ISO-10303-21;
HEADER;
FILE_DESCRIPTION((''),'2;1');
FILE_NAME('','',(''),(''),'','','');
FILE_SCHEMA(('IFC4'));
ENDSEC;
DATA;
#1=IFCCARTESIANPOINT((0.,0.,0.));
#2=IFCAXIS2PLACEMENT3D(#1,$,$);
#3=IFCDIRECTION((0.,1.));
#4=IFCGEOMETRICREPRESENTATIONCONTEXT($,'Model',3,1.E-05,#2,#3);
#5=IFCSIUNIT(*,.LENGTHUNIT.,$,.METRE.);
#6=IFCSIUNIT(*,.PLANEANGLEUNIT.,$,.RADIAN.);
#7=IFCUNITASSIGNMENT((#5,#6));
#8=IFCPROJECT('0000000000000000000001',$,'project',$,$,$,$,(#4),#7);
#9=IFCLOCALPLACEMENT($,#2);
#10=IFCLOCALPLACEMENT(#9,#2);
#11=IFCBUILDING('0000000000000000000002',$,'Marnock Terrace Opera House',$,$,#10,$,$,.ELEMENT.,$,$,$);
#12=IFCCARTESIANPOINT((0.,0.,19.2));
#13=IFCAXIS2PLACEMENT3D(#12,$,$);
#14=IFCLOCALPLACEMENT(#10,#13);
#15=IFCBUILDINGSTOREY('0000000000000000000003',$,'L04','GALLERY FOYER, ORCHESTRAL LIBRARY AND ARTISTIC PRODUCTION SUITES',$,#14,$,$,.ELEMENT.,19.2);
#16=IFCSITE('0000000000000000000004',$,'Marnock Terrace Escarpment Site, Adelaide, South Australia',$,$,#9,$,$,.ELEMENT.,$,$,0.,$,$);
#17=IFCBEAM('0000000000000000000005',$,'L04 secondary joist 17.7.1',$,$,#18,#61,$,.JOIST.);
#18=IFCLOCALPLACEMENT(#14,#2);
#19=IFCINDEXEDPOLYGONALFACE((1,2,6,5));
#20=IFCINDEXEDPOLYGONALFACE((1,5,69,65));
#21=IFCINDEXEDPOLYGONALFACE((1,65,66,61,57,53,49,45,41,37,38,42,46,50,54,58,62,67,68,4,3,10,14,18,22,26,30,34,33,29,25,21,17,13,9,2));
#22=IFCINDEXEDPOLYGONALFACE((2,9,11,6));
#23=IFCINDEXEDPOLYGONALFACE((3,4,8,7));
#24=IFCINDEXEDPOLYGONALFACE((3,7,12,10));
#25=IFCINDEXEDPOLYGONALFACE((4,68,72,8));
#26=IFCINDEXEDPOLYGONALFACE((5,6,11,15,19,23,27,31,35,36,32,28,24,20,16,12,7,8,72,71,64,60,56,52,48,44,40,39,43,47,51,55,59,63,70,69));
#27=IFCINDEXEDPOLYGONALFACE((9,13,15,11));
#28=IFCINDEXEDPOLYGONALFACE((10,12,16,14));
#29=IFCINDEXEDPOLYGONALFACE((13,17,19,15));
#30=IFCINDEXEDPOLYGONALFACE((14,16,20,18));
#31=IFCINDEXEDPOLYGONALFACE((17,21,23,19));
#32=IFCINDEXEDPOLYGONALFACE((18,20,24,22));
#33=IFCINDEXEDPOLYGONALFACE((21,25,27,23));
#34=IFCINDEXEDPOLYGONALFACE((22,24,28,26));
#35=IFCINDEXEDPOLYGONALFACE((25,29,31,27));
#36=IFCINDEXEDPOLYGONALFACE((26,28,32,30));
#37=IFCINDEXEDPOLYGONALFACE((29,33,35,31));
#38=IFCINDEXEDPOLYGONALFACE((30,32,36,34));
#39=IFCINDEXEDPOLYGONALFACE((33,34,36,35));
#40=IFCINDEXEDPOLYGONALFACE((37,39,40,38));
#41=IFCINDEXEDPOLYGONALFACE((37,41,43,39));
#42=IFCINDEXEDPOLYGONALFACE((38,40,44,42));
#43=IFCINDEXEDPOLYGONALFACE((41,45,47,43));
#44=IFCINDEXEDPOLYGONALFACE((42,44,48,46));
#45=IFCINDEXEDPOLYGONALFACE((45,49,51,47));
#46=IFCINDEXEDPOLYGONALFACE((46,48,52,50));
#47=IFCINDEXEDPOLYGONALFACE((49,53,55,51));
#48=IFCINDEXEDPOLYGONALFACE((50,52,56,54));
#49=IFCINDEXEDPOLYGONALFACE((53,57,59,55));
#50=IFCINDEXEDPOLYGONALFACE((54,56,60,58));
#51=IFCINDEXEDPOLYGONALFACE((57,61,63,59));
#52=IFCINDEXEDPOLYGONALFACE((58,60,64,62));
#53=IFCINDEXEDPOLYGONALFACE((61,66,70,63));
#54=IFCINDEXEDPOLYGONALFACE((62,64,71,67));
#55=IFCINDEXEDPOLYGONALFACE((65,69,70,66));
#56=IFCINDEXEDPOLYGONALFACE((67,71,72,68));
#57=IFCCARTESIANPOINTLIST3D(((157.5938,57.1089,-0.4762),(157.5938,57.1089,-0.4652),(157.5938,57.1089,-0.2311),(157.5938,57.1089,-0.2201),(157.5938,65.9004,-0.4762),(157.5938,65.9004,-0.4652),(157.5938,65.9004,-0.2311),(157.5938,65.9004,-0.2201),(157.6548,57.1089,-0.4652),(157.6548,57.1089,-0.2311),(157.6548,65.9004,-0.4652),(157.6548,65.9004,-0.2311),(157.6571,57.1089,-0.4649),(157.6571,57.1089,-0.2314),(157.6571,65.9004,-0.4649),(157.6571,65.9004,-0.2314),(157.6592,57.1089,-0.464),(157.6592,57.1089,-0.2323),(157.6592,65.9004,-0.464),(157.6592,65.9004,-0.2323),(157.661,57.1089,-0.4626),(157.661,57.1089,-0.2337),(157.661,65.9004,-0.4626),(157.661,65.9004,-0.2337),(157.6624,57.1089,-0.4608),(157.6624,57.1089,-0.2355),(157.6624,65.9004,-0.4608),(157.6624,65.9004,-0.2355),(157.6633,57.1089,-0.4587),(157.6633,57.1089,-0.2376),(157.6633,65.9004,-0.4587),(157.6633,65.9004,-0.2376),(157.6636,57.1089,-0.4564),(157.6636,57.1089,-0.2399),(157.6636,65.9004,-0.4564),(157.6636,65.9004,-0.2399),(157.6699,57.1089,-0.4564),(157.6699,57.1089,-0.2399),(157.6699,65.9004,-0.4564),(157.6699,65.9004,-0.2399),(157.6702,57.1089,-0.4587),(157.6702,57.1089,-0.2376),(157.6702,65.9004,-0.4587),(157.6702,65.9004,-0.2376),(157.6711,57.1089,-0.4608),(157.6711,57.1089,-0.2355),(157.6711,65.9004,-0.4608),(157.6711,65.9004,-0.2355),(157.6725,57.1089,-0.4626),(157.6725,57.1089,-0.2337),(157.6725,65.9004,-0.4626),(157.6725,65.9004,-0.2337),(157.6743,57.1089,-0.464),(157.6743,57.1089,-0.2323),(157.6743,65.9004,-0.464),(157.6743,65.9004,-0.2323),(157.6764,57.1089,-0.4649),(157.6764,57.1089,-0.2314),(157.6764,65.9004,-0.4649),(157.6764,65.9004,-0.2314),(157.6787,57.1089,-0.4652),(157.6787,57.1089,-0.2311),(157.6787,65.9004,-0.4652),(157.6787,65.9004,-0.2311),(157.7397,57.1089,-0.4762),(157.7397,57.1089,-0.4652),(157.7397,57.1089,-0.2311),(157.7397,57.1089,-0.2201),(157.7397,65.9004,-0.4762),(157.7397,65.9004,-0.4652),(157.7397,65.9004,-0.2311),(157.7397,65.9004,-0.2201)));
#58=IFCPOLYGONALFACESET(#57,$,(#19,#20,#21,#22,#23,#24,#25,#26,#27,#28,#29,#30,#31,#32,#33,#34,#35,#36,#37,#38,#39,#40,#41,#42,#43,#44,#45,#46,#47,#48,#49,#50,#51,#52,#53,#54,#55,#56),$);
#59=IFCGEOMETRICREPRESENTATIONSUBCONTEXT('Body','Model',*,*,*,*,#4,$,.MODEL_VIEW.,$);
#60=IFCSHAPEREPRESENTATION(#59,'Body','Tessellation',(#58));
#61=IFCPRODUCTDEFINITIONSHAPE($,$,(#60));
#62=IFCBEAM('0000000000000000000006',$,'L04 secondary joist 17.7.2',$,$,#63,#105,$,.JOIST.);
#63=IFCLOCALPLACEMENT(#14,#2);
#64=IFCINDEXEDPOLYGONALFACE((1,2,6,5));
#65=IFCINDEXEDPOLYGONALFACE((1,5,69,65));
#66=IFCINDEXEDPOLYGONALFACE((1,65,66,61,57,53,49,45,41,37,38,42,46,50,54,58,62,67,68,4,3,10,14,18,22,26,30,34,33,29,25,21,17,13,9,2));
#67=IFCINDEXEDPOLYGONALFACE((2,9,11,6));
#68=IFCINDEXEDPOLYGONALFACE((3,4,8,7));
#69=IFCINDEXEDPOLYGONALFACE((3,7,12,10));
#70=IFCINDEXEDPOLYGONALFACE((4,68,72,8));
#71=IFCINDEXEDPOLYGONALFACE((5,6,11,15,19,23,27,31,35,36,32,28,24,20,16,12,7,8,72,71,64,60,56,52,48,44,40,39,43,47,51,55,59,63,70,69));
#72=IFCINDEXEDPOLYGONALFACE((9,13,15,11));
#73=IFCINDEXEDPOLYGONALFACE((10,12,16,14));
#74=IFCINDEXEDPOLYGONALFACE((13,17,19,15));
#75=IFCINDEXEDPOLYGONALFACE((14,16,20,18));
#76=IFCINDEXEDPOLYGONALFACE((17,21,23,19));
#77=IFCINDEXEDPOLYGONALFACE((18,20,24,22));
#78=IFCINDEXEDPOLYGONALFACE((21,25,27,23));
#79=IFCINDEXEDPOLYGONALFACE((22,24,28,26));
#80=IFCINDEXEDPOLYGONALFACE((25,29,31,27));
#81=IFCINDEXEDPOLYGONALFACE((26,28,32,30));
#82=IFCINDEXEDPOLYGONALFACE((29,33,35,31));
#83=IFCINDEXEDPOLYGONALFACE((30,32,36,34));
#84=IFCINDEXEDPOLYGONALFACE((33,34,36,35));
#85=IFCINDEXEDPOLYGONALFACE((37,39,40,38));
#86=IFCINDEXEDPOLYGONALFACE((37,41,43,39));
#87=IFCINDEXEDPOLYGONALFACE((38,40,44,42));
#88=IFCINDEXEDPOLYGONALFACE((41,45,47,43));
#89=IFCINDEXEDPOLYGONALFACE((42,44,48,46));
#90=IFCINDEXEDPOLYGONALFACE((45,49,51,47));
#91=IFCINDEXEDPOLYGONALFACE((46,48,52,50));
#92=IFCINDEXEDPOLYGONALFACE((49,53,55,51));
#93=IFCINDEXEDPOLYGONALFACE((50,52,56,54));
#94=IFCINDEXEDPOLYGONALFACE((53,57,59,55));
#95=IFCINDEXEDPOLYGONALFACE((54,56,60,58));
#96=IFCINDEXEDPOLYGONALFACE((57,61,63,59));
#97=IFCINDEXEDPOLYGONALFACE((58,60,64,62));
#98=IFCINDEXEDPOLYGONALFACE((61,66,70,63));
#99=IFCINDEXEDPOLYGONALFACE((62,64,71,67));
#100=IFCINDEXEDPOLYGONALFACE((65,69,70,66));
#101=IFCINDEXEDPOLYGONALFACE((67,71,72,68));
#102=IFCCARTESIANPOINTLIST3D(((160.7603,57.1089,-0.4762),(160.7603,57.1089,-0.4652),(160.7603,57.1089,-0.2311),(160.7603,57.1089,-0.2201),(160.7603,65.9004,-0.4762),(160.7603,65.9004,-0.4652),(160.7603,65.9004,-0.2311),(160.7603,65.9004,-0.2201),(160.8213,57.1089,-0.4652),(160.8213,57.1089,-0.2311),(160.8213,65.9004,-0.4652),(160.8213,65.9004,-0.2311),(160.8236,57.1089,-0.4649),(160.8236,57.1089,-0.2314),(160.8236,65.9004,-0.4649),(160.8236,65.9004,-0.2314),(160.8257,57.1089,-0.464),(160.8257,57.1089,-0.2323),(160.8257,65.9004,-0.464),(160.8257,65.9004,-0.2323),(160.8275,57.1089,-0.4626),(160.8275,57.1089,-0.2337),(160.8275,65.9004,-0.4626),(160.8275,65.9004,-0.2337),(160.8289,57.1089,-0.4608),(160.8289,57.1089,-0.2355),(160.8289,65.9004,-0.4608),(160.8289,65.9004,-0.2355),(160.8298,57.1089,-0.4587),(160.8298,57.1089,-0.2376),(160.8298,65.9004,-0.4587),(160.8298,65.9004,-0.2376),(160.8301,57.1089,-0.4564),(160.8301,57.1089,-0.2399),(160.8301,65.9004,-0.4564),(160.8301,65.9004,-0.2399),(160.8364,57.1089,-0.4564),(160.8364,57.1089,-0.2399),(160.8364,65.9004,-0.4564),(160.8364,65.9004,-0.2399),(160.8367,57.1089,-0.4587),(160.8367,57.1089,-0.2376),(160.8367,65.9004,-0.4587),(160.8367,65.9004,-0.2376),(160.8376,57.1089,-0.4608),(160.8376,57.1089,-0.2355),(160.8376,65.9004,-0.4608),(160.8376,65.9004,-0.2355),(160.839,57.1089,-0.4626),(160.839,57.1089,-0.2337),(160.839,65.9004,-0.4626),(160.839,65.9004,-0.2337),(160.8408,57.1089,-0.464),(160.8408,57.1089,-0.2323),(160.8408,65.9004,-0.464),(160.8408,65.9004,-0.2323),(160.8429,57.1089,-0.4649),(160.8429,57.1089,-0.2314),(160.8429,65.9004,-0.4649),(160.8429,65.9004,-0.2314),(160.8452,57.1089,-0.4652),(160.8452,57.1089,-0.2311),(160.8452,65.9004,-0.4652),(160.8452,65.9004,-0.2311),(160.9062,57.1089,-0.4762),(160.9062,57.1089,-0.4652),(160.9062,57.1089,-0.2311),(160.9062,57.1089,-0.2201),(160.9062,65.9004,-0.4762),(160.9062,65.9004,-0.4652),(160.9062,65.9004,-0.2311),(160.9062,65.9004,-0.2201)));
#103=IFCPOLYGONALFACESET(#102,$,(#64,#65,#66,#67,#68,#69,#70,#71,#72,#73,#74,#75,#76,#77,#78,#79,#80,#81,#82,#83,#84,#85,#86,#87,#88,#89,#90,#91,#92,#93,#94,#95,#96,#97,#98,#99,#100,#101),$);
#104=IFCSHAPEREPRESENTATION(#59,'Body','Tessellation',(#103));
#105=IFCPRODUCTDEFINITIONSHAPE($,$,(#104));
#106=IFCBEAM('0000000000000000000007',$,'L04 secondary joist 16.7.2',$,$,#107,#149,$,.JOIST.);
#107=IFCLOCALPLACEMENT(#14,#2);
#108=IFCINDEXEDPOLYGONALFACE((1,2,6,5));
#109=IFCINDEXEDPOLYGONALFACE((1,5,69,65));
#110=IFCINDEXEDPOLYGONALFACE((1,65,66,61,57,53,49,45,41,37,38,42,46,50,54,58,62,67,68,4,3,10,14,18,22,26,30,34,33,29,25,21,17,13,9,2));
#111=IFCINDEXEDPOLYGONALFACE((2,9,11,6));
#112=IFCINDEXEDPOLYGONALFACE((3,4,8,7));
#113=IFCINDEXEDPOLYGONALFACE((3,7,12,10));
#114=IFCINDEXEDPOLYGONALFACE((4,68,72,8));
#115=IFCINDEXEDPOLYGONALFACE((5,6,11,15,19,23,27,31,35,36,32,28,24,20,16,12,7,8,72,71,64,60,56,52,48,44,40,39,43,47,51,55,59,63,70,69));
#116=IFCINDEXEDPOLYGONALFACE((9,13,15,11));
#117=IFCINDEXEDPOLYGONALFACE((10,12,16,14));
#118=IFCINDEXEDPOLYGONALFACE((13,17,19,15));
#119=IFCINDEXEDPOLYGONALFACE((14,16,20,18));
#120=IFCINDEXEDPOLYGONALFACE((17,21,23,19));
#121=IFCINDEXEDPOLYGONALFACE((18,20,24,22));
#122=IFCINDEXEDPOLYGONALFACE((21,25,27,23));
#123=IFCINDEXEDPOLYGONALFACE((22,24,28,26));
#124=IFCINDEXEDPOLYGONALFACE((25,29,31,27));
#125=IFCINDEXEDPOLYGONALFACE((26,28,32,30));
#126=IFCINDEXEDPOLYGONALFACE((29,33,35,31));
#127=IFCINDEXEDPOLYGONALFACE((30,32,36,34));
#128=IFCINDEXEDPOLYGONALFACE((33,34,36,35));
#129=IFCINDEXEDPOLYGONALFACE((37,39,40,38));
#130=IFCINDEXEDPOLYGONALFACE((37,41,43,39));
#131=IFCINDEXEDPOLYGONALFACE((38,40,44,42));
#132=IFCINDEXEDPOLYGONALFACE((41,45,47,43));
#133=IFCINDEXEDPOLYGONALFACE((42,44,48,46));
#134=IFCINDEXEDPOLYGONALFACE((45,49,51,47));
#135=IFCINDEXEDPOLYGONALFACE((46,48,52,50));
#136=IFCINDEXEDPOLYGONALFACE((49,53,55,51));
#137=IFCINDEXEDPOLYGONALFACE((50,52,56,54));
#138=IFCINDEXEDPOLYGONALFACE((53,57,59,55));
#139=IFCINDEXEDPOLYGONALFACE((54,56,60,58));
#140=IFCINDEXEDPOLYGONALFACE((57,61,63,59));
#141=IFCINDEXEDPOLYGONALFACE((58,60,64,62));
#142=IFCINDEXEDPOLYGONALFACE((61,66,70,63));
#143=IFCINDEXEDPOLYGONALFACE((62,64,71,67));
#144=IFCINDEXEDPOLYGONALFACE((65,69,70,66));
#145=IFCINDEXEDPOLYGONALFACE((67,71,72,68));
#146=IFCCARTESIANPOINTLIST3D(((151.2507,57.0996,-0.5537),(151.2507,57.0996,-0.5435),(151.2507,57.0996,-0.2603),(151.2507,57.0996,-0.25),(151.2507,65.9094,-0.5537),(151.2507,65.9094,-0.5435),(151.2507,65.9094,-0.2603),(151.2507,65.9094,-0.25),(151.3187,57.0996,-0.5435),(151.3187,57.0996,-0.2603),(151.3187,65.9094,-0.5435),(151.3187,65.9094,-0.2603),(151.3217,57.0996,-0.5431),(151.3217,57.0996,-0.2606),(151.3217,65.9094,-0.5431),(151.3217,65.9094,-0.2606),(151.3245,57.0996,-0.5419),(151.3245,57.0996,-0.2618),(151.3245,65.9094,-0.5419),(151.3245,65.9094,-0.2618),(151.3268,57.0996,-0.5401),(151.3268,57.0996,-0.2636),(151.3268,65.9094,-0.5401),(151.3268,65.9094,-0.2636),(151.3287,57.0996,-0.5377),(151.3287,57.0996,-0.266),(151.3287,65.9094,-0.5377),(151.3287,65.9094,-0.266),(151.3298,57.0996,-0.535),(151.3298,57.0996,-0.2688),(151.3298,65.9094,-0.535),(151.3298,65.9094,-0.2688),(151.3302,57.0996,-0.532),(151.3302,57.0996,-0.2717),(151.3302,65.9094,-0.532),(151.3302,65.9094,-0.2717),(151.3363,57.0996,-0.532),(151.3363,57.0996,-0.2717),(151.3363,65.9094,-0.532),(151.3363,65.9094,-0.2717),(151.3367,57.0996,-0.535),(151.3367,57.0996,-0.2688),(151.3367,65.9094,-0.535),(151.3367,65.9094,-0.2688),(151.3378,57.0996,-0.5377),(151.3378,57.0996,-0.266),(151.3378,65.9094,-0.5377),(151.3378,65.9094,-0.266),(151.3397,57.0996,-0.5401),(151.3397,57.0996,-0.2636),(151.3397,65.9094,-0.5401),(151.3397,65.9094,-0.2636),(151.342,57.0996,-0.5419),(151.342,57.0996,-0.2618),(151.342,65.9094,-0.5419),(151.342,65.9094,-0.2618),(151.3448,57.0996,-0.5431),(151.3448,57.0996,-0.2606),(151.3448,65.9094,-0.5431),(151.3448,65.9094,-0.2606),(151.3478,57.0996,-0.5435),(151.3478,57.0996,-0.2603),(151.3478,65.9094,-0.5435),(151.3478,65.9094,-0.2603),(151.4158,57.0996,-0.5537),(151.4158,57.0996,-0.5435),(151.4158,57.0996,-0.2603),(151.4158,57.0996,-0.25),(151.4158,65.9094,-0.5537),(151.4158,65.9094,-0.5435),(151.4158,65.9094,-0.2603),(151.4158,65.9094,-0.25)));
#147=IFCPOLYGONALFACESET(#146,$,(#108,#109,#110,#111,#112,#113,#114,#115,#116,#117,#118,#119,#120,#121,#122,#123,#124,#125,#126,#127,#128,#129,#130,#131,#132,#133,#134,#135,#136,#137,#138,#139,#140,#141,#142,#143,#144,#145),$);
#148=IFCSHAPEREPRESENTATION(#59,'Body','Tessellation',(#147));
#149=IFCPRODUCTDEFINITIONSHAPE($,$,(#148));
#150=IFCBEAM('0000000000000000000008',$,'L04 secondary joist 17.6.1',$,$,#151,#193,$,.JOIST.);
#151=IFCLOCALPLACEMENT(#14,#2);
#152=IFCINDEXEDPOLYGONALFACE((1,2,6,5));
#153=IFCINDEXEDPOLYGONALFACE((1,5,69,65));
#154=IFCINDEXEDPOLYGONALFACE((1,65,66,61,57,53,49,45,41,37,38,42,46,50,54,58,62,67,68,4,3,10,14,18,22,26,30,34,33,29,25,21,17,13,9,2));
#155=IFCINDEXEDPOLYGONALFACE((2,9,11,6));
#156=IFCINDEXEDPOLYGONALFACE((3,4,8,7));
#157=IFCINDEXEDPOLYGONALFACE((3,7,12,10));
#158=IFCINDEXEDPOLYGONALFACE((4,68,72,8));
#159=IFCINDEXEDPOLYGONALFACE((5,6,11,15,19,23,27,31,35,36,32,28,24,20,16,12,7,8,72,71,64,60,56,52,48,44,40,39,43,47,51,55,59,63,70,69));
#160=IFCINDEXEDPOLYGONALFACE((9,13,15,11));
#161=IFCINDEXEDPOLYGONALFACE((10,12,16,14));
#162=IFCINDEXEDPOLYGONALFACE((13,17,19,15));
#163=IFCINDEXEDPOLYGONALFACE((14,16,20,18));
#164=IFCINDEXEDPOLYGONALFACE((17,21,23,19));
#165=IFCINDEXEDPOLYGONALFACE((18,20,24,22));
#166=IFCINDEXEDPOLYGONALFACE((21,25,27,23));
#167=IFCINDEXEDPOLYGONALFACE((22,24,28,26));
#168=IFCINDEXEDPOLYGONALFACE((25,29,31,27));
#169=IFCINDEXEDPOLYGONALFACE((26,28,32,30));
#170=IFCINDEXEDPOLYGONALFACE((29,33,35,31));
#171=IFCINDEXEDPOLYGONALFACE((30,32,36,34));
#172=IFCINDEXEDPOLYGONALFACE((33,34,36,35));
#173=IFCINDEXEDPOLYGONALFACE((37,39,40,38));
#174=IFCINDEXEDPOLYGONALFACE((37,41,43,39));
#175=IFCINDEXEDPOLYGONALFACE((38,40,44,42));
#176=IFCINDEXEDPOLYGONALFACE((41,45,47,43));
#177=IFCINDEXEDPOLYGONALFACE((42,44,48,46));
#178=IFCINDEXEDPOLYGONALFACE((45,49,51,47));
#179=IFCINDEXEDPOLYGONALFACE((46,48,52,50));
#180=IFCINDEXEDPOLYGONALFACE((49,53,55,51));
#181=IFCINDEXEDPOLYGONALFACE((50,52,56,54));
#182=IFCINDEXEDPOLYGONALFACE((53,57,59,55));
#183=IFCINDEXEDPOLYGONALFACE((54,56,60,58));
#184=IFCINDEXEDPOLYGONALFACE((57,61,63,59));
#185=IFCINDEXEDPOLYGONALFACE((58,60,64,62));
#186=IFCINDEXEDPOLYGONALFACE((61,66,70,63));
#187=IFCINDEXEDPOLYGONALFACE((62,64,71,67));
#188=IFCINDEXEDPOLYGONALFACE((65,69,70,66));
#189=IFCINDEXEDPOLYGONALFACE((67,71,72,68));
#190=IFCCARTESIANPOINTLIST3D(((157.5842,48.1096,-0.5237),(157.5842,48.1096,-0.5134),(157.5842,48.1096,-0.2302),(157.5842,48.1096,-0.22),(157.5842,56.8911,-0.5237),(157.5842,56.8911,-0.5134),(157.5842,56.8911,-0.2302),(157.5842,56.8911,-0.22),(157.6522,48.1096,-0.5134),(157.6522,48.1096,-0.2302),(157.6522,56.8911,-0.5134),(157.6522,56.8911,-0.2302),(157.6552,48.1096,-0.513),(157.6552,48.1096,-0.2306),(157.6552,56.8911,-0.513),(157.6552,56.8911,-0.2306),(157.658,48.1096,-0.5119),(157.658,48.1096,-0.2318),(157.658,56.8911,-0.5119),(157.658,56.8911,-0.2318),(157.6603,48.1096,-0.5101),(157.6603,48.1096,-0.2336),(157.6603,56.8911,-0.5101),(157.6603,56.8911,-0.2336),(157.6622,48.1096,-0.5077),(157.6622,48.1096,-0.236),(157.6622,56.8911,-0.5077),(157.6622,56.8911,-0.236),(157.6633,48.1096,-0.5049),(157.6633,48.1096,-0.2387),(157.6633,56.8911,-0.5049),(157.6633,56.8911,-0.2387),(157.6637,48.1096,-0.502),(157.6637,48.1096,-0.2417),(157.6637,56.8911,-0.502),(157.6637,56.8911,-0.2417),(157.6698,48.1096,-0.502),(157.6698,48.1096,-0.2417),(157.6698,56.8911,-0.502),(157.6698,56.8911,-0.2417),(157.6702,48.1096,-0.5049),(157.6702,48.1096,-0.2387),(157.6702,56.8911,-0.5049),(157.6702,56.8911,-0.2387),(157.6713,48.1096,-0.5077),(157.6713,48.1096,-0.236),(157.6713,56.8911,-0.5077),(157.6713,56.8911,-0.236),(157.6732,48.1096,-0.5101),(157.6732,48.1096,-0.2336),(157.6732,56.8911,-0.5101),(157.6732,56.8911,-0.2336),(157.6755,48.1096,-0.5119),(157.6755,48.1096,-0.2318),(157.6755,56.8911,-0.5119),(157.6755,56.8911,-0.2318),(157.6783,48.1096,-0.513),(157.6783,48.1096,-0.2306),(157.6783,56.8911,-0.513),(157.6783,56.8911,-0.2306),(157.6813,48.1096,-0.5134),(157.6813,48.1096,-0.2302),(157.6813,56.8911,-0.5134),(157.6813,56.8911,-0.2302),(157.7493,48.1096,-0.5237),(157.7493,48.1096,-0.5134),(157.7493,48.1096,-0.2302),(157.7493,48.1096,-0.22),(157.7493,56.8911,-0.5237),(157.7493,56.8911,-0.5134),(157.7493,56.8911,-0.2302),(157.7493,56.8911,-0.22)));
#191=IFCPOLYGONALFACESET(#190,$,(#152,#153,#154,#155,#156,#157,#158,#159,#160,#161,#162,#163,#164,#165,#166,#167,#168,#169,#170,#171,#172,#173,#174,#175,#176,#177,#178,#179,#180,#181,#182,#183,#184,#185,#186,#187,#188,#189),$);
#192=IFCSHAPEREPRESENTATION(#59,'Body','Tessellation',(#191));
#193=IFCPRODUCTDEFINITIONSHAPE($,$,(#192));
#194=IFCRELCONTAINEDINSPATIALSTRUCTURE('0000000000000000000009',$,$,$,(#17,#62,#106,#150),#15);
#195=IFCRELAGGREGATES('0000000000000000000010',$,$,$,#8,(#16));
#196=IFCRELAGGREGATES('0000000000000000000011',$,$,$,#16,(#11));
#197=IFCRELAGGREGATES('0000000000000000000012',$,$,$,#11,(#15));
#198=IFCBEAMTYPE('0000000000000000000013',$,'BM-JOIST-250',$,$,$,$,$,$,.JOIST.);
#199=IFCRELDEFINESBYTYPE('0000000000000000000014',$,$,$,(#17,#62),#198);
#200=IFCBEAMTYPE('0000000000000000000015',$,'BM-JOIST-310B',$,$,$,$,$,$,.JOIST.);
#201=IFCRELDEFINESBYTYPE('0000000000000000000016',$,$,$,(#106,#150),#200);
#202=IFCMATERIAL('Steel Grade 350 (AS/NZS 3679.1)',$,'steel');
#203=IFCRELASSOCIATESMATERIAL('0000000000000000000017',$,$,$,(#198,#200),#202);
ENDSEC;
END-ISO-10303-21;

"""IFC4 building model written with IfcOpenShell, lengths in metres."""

from ifc_helpers import new_model, si_unit, direction, frame, origin, origin_2d, place, context, subcontext, project, spatial, i_section, extrude, material, material_profile, profile_set, type_object, element, save


model = new_model("IFC4")

# Units and contexts
model_context = context("Model", 3, precision=1e-05, world=origin(), true_north=direction((0.0, 1.0)))
body_context = subcontext(model_context, "Body", "Model", "MODEL_VIEW")
ifc_project = project(units=[si_unit("LENGTHUNIT", "METRE"), si_unit("PLANEANGLEUNIT", "RADIAN")], contexts=[model_context])

# Site, building, storey
site_placement = place(None, origin())
site = spatial("IfcSite", under=ifc_project, at=site_placement, Name="Marnock Terrace Escarpment Site, Adelaide, South Australia", CompositionType="ELEMENT", RefElevation=0.0)
building_placement = place(site_placement, origin())
building = spatial("IfcBuilding", under=site, at=building_placement, Name="Marnock Terrace Opera House", CompositionType="ELEMENT")
storey_placement = place(building_placement, frame((0.0, 0.0, 19.2)))
storey = spatial("IfcBuildingStorey", under=building, at=storey_placement, Name="L04", Description="GALLERY FOYER, ORCHESTRAL LIBRARY AND ARTISTIC PRODUCTION SUITES", CompositionType="ELEMENT", Elevation=19.2)

# Beams
ifc_material_1 = material(Name="Steel Grade 350 (AS/NZS 3679.1)", Category="steel")
ifc_material_profile_1 = material_profile(ifc_material_1, i_section(OverallWidth=0.146, OverallDepth=0.2561, WebThickness=0.0063, FlangeThickness=0.011, FilletRadius=0.0088, at=origin_2d()))
ifc_profile_set_1 = profile_set([ifc_material_profile_1], Name="Steel Grade 350 (AS/NZS 3679.1)")
beam_type_1 = type_object("IfcBeamType", Name="BM-JOIST-250", PredefinedType="JOIST", material=ifc_profile_set_1)
for number, where, z_axis, x_axis, name in (
    (1, (157.6667, 57.1089, -0.3481), (0.0, 1.0, 0.0), (-1.0, 0.0, 0.0), "L04 secondary joist 17.7.1"),
    (2, (160.8333, 57.1089, -0.3481), (0.0, 1.0, 0.0), (-1.0, 0.0, 0.0), "L04 secondary joist 17.7.2"),
):
    element("IfcBeam", number, at=place(storey_placement, frame(where, z_axis=z_axis, x_axis=x_axis)), inside=storey, type_object=beam_type_1, Name=name, PredefinedType="JOIST", context=body_context, shape_type="SweptSolid", body=[
        extrude(i_section(OverallWidth=0.146, OverallDepth=0.2561, WebThickness=0.0063, FlangeThickness=0.011, FilletRadius=0.0088, at=origin_2d()), origin(), (0.0, 0.0, 1.0), 8.7915),
    ])
ifc_material_profile_2 = material_profile(ifc_material_1, i_section(OverallWidth=0.165, OverallDepth=0.3037, WebThickness=0.0061, FlangeThickness=0.0103, FilletRadius=0.0115, at=origin_2d()))
ifc_profile_set_2 = profile_set([ifc_material_profile_2], Name="Steel Grade 350 (AS/NZS 3679.1)")
beam_type_2 = type_object("IfcBeamType", Name="BM-JOIST-310B", PredefinedType="JOIST", material=ifc_profile_set_2)
beam_1_placement = place(storey_placement, frame((151.3333, 57.0996, -0.4019), z_axis=(0.0, 1.0, 0.0), x_axis=(-1.0, 0.0, 0.0)))
element("IfcBeam", 3, at=beam_1_placement, inside=storey, type_object=beam_type_2, Name="L04 secondary joist 16.7.2", PredefinedType="JOIST", context=body_context, shape_type="SweptSolid", body=[
    extrude(i_section(OverallWidth=0.165, OverallDepth=0.3037, WebThickness=0.0061, FlangeThickness=0.0103, FilletRadius=0.0115, at=origin_2d()), origin(), (0.0, 0.0, 1.0), 8.8098),
])
for number, where, z_axis, x_axis, name in (
    (4, (157.6667, 48.1096, -0.3718), (0.0, 1.0, 0.0), (-1.0, 0.0, 0.0), "L04 secondary joist 17.6.1"),
):
    element("IfcBeam", number, at=place(storey_placement, frame(where, z_axis=z_axis, x_axis=x_axis)), inside=storey, type_object=beam_type_2, Name=name, PredefinedType="JOIST", context=body_context, shape_type="SweptSolid", body=[
        extrude(i_section(OverallWidth=0.165, OverallDepth=0.3037, WebThickness=0.0061, FlangeThickness=0.0103, FilletRadius=0.0115, at=origin_2d()), origin(), (0.0, 0.0, 1.0), 8.7815),
    ])

save(model, "model.ifc")
